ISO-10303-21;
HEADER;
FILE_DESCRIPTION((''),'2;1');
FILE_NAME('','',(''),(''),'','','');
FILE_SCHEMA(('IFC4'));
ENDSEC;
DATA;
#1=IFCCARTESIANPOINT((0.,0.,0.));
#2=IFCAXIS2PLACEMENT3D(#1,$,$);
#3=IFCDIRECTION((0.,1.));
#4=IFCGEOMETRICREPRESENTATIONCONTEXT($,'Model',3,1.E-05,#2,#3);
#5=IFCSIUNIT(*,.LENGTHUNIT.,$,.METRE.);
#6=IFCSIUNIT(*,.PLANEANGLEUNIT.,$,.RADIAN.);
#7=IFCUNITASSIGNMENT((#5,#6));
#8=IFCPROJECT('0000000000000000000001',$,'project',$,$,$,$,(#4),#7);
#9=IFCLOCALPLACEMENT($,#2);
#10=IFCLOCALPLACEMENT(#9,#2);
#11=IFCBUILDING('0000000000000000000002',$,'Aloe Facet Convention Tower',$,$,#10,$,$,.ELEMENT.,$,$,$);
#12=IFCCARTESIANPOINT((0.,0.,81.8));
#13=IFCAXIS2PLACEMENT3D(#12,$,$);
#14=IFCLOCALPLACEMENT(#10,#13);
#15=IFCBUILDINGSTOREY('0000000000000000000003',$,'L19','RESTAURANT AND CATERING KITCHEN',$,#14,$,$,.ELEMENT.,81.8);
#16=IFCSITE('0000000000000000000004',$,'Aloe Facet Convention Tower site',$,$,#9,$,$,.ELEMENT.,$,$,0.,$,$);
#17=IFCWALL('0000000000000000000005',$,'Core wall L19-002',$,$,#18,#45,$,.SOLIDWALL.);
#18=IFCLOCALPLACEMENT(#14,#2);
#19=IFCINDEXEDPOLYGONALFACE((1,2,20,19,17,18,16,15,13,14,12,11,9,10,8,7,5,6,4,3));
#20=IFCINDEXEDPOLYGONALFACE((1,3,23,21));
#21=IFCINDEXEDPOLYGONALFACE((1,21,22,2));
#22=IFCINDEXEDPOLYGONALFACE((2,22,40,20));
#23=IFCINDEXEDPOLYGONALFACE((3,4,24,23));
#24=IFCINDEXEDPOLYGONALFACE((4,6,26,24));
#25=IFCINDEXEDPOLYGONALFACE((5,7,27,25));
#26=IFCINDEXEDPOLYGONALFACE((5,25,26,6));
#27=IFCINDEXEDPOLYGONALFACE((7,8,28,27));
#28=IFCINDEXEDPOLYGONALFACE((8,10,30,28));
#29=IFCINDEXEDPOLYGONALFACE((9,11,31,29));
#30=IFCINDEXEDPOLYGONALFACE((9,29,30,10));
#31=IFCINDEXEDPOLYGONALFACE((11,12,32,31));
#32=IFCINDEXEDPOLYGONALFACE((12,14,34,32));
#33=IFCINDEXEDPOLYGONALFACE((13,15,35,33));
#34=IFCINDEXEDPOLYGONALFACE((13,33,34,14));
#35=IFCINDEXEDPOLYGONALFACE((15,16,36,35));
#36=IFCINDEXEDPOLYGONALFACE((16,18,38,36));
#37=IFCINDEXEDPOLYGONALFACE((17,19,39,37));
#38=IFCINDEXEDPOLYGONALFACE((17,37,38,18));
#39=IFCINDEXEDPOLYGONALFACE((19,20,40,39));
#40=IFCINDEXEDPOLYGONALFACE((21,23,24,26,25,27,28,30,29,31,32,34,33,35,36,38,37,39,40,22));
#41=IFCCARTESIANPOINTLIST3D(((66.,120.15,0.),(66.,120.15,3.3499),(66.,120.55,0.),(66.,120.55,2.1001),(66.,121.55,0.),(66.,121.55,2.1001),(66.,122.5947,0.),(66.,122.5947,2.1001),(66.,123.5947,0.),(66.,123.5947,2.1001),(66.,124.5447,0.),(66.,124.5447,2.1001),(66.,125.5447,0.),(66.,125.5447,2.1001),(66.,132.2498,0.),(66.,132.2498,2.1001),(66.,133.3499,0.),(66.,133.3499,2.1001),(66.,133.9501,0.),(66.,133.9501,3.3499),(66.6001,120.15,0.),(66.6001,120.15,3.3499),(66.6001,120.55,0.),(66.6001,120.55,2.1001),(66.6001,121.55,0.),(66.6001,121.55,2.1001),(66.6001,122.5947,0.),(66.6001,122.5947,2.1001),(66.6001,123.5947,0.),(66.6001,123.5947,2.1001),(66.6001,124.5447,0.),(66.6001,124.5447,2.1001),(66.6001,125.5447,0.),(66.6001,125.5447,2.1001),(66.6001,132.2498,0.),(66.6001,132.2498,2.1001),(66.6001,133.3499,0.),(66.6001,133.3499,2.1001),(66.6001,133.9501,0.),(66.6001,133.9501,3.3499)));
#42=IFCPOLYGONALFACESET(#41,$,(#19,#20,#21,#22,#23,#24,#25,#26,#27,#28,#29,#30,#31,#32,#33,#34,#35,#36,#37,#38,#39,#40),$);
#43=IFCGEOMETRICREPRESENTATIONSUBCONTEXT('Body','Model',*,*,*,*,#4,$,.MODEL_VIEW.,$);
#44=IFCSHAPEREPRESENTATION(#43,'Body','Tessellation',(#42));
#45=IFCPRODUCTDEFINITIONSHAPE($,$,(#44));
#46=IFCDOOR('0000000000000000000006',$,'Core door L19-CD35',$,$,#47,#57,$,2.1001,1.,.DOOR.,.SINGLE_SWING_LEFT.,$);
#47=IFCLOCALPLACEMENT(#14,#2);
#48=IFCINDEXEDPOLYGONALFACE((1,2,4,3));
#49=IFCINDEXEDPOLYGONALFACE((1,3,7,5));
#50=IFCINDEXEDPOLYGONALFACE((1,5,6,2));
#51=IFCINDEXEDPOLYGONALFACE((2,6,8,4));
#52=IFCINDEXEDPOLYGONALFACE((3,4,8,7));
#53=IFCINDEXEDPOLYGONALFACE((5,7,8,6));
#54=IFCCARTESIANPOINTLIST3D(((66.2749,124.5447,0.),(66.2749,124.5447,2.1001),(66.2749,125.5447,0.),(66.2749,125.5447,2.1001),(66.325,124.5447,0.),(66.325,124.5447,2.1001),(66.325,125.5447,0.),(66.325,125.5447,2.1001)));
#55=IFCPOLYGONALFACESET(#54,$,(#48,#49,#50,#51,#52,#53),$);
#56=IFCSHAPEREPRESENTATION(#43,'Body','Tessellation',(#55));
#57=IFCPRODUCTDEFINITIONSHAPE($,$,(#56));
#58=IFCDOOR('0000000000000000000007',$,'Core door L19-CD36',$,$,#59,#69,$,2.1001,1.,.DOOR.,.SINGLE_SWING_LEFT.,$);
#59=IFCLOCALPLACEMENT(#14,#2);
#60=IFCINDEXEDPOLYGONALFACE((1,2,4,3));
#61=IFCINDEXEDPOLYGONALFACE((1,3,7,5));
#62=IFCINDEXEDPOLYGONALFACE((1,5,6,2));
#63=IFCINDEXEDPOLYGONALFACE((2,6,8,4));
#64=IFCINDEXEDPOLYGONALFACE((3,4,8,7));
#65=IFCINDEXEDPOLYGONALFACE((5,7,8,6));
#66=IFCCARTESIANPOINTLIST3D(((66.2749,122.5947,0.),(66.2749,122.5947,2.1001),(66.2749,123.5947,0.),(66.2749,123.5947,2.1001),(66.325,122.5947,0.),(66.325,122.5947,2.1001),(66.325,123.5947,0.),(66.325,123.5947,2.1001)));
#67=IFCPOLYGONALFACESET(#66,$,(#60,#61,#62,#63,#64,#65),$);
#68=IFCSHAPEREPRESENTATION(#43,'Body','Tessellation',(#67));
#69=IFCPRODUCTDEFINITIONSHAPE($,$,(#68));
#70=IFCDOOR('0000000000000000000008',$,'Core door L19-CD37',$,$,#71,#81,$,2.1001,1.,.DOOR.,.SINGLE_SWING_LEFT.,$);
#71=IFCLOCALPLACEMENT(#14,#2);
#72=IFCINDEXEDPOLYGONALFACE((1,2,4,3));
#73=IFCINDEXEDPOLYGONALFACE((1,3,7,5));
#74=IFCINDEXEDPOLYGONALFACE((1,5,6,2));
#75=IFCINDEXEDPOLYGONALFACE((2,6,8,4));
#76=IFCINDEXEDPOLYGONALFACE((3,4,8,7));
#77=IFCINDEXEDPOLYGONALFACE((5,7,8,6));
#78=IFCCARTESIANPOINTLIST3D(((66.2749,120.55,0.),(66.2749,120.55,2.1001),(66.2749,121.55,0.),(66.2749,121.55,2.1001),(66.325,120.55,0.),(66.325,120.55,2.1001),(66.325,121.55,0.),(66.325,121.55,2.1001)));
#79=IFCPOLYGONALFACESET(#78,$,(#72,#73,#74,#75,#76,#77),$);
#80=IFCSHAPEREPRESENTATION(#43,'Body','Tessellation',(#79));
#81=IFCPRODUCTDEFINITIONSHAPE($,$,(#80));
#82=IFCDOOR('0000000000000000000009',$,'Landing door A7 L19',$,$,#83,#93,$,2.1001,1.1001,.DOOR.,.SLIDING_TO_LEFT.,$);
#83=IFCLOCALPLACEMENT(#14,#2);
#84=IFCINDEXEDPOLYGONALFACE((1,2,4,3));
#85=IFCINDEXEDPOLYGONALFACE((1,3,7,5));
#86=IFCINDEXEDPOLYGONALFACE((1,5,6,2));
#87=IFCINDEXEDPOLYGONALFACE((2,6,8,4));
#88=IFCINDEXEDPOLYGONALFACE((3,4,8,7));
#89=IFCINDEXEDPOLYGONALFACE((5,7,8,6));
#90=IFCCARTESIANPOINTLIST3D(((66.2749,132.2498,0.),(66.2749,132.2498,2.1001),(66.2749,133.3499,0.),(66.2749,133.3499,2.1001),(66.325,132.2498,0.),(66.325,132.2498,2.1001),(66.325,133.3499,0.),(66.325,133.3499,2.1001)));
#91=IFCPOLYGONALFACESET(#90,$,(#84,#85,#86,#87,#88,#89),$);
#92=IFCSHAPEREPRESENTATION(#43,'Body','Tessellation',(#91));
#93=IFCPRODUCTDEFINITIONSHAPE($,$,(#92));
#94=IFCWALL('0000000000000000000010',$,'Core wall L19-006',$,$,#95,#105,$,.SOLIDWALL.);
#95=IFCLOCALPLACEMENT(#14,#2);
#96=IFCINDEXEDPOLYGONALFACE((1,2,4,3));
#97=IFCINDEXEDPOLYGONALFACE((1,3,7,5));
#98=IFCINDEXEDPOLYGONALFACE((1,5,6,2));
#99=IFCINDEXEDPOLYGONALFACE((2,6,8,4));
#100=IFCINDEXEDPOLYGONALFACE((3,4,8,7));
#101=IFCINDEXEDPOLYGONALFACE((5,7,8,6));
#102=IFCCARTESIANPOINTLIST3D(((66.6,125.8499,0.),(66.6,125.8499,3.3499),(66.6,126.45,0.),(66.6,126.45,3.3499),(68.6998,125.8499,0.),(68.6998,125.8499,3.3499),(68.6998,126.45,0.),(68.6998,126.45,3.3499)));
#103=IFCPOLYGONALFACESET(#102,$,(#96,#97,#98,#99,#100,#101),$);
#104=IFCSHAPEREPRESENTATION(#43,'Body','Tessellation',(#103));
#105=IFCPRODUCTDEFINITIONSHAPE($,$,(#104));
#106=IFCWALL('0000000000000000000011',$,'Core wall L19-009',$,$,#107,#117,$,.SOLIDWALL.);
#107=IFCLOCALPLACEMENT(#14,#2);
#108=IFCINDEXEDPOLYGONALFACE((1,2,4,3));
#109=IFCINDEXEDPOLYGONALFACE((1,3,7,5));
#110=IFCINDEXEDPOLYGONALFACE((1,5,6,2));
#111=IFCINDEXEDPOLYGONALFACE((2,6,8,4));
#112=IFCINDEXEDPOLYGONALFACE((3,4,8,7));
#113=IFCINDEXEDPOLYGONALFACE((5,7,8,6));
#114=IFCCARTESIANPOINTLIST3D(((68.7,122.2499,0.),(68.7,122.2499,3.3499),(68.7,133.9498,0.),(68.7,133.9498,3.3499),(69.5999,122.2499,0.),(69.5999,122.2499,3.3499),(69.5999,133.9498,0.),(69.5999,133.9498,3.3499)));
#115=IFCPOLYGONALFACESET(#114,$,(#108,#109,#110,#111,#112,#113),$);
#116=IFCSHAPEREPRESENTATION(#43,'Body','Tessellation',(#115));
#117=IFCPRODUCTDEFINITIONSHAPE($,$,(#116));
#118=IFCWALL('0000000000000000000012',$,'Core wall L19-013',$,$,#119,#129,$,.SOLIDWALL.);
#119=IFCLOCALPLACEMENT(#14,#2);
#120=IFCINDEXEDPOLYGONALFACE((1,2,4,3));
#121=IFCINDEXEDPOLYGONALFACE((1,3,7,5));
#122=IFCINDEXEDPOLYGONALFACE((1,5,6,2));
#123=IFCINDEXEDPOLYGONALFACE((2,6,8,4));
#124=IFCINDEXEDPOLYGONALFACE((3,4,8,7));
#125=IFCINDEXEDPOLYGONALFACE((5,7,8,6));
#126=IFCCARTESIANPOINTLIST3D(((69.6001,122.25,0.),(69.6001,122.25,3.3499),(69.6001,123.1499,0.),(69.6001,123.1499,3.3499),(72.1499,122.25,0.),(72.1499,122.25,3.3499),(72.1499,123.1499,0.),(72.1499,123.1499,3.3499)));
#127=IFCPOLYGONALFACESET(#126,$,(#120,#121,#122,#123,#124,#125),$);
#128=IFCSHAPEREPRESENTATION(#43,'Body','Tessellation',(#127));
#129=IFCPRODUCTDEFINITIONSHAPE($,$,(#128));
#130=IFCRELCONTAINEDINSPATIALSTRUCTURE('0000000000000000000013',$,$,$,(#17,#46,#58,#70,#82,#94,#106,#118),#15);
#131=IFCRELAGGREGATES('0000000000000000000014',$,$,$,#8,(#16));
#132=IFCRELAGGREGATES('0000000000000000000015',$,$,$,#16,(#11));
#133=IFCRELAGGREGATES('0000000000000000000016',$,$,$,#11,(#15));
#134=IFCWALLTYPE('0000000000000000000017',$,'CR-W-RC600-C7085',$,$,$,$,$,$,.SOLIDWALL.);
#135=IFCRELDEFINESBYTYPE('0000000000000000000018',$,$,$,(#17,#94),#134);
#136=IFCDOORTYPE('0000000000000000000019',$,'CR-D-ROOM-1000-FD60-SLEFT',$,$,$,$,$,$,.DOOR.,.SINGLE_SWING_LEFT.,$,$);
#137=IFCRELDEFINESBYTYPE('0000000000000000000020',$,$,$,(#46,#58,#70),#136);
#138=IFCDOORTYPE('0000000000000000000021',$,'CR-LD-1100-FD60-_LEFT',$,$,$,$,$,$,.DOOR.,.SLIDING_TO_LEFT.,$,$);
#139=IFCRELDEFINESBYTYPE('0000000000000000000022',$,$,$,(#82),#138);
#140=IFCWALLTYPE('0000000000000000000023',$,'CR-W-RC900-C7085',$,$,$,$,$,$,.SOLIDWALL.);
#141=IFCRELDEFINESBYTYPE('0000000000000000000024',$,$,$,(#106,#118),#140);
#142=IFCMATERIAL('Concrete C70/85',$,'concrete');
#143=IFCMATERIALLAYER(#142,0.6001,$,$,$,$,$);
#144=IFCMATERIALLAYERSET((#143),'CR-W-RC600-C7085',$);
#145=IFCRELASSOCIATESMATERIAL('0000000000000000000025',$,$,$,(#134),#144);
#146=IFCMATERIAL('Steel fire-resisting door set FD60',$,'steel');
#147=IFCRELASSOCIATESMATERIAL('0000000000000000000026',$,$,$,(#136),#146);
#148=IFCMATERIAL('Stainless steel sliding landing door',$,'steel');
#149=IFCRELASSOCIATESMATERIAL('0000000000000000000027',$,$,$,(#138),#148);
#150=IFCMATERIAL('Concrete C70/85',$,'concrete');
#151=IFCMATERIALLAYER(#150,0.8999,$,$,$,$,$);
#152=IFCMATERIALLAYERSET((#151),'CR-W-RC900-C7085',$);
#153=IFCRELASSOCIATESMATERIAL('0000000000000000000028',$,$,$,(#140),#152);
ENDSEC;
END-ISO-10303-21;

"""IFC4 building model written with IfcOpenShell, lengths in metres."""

from ifc_helpers import new_model, si_unit, direction, frame, frame_2d, origin, place, context, subcontext, project, spatial, rectangle, extrude, material, layer, layer_set, type_object, element, fill, save


model = new_model("IFC4")

# Units and contexts
model_context = context("Model", 3, precision=1e-05, world=origin(), true_north=direction((0.0, 1.0)))
body_context = subcontext(model_context, "Body", "Model", "MODEL_VIEW")
ifc_project = project(units=[si_unit("LENGTHUNIT", "METRE"), si_unit("PLANEANGLEUNIT", "RADIAN")], contexts=[model_context])

# Site, building, storey
site_placement = place(None, origin())
site = spatial("IfcSite", under=ifc_project, at=site_placement, Name="Aloe Facet Convention Tower site", CompositionType="ELEMENT", RefElevation=0.0)
building_placement = place(site_placement, origin())
building = spatial("IfcBuilding", under=site, at=building_placement, Name="Aloe Facet Convention Tower", CompositionType="ELEMENT")
storey_placement = place(building_placement, frame((0.0, 0.0, 81.8)))
storey = spatial("IfcBuildingStorey", under=building, at=storey_placement, Name="L19", Description="RESTAURANT AND CATERING KITCHEN", CompositionType="ELEMENT", Elevation=81.8)

# Shared definitions
ifc_material_1 = material(Name="Concrete C70/85", Category="concrete")
ifc_layer_1 = layer(ifc_material_1, 0.6001)
ifc_layer_set_1 = layer_set([ifc_layer_1], Name="CR-W-RC600-C7085")
wall_type_1 = type_object("IfcWallType", Name="CR-W-RC600-C7085", PredefinedType="SOLIDWALL", material=ifc_layer_set_1)

# Wall, openings, doors
wall_1_placement = place(storey_placement, frame((66.3, 133.95, 0.0), z_axis=(0.0, 0.0, 1.0), x_axis=(0.0, -1.0, 0.0)))
wall_1 = element("IfcWall", 1, at=wall_1_placement, inside=storey, type_object=wall_type_1, Name="Core wall L19-002", PredefinedType="SOLIDWALL", context=body_context, shape_type="SweptSolid", body=[
    extrude(rectangle(XDim=13.8, YDim=0.6001, at=frame_2d((6.8999, 0.0))), origin(), (0.0, 0.0, 1.0), 3.3499),
])
opening_1_placement = place(wall_1_placement, frame((0.6001, 0.0, 0.0)))
opening_1 = element("IfcOpeningElement", 2, at=opening_1_placement, cuts=wall_1, PredefinedType="OPENING", context=body_context, shape_type="SweptSolid", body=[
    extrude(rectangle(XDim=1.1001, YDim=2.1001, at=frame_2d((0.55, 1.05))), frame((0.0, 0.3101, 0.0), z_axis=(0.0, -1.0, 0.0), x_axis=(1.0, 0.0, 0.0)), (0.0, 0.0, 1.0), 0.6201),
])
opening_2_placement = place(wall_1_placement, frame((8.4053, 0.0, 0.0)))
opening_2 = element("IfcOpeningElement", 3, at=opening_2_placement, cuts=wall_1, PredefinedType="OPENING", context=body_context, shape_type="SweptSolid", body=[
    extrude(rectangle(XDim=1.0, YDim=2.1001, at=frame_2d((0.5, 1.05))), frame((0.0, 0.3101, 0.0), z_axis=(0.0, -1.0, 0.0), x_axis=(1.0, 0.0, 0.0)), (0.0, 0.0, 1.0), 0.6201),
])
opening_3_placement = place(wall_1_placement, frame((10.3552, 0.0, 0.0)))
opening_3 = element("IfcOpeningElement", 4, at=opening_3_placement, cuts=wall_1, PredefinedType="OPENING", context=body_context, shape_type="SweptSolid", body=[
    extrude(rectangle(XDim=1.0, YDim=2.1001, at=frame_2d((0.5, 1.05))), frame((0.0, 0.3101, 0.0), z_axis=(0.0, -1.0, 0.0), x_axis=(1.0, 0.0, 0.0)), (0.0, 0.0, 1.0), 0.6201),
])
opening_4_placement = place(wall_1_placement, frame((12.3999, 0.0, 0.0)))
opening_4 = element("IfcOpeningElement", 5, at=opening_4_placement, cuts=wall_1, PredefinedType="OPENING", context=body_context, shape_type="SweptSolid", body=[
    extrude(rectangle(XDim=1.0, YDim=2.1001, at=frame_2d((0.5, 1.05))), frame((0.0, 0.3101, 0.0), z_axis=(0.0, -1.0, 0.0), x_axis=(1.0, 0.0, 0.0)), (0.0, 0.0, 1.0), 0.6201),
])
ifc_material_2 = material(Name="Steel fire-resisting door set FD60", Category="steel")
door_type_1 = type_object("IfcDoorType", Name="CR-D-ROOM-1000-FD60-SLEFT", OperationType="SINGLE_SWING_LEFT", PredefinedType="DOOR", material=ifc_material_2)
door_1_placement = place(opening_2_placement, origin())
door_1 = element("IfcDoor", 6, at=door_1_placement, inside=storey, type_object=door_type_1, Name="Core door L19-CD35", OperationType="SINGLE_SWING_LEFT", OverallHeight=2.1001, OverallWidth=1.0, PredefinedType="DOOR", context=body_context, shape_type="SweptSolid", body=[
    extrude(rectangle(XDim=1.0, YDim=2.1001, at=frame_2d((0.5, 1.05))), frame((0.0, 0.0249, 0.0), z_axis=(0.0, -1.0, 0.0), x_axis=(1.0, 0.0, 0.0)), (0.0, 0.0, 1.0), 0.05),
])
fill(opening_2, door_1)
door_2_placement = place(opening_3_placement, origin())
door_2 = element("IfcDoor", 7, at=door_2_placement, inside=storey, type_object=door_type_1, Name="Core door L19-CD36", OperationType="SINGLE_SWING_LEFT", OverallHeight=2.1001, OverallWidth=1.0, PredefinedType="DOOR", context=body_context, shape_type="SweptSolid", body=[
    extrude(rectangle(XDim=1.0, YDim=2.1001, at=frame_2d((0.5, 1.05))), frame((0.0, 0.0249, 0.0), z_axis=(0.0, -1.0, 0.0), x_axis=(1.0, 0.0, 0.0)), (0.0, 0.0, 1.0), 0.05),
])
fill(opening_3, door_2)
door_3_placement = place(opening_4_placement, origin())
door_3 = element("IfcDoor", 8, at=door_3_placement, inside=storey, type_object=door_type_1, Name="Core door L19-CD37", OperationType="SINGLE_SWING_LEFT", OverallHeight=2.1001, OverallWidth=1.0, PredefinedType="DOOR", context=body_context, shape_type="SweptSolid", body=[
    extrude(rectangle(XDim=1.0, YDim=2.1001, at=frame_2d((0.5, 1.05))), frame((0.0, 0.0249, 0.0), z_axis=(0.0, -1.0, 0.0), x_axis=(1.0, 0.0, 0.0)), (0.0, 0.0, 1.0), 0.05),
])
fill(opening_4, door_3)
ifc_material_3 = material(Name="Stainless steel sliding landing door", Category="steel")
door_type_2 = type_object("IfcDoorType", Name="CR-LD-1100-FD60-_LEFT", OperationType="SLIDING_TO_LEFT", PredefinedType="DOOR", material=ifc_material_3)
door_4_placement = place(opening_1_placement, origin())
door_4 = element("IfcDoor", 9, at=door_4_placement, inside=storey, type_object=door_type_2, Name="Landing door A7 L19", OperationType="SLIDING_TO_LEFT", OverallHeight=2.1001, OverallWidth=1.1001, PredefinedType="DOOR", context=body_context, shape_type="SweptSolid", body=[
    extrude(rectangle(XDim=1.1001, YDim=2.1001, at=frame_2d((0.55, 1.05))), frame((0.0, 0.0249, 0.0), z_axis=(0.0, -1.0, 0.0), x_axis=(1.0, 0.0, 0.0)), (0.0, 0.0, 1.0), 0.05),
])
fill(opening_1, door_4)

# Walls
wall_2_placement = place(storey_placement, frame((66.6001, 126.1499, 0.0), z_axis=(0.0, 0.0, 1.0), x_axis=(1.0, 0.0, 0.0)))
element("IfcWall", 10, at=wall_2_placement, inside=storey, type_object=wall_type_1, Name="Core wall L19-006", PredefinedType="SOLIDWALL", context=body_context, shape_type="SweptSolid", body=[
    extrude(rectangle(XDim=2.0999, YDim=0.6001, at=frame_2d((1.0498, 0.0))), origin(), (0.0, 0.0, 1.0), 3.3499),
])
ifc_material_4 = material(Name="Concrete C70/85", Category="concrete")
ifc_layer_2 = layer(ifc_material_4, 0.8999)
ifc_layer_set_2 = layer_set([ifc_layer_2], Name="CR-W-RC900-C7085")
wall_type_2 = type_object("IfcWallType", Name="CR-W-RC900-C7085", PredefinedType="SOLIDWALL", material=ifc_layer_set_2)
wall_3_placement = place(storey_placement, frame((69.1499, 133.95, 0.0), z_axis=(0.0, 0.0, 1.0), x_axis=(0.0, -1.0, 0.0)))
element("IfcWall", 11, at=wall_3_placement, inside=storey, type_object=wall_type_2, Name="Core wall L19-009", PredefinedType="SOLIDWALL", context=body_context, shape_type="SweptSolid", body=[
    extrude(rectangle(XDim=11.7, YDim=0.8999, at=frame_2d((5.8501, 0.0))), origin(), (0.0, 0.0, 1.0), 3.3499),
])
wall_4_placement = place(storey_placement, frame((69.6001, 122.7, 0.0), z_axis=(0.0, 0.0, 1.0), x_axis=(1.0, 0.0, 0.0)))
element("IfcWall", 12, at=wall_4_placement, inside=storey, type_object=wall_type_2, Name="Core wall L19-013", PredefinedType="SOLIDWALL", context=body_context, shape_type="SweptSolid", body=[
    extrude(rectangle(XDim=2.5498, YDim=0.8999, at=frame_2d((1.2749, 0.0))), origin(), (0.0, 0.0, 1.0), 3.3499),
])

save(model, "model.ifc")
